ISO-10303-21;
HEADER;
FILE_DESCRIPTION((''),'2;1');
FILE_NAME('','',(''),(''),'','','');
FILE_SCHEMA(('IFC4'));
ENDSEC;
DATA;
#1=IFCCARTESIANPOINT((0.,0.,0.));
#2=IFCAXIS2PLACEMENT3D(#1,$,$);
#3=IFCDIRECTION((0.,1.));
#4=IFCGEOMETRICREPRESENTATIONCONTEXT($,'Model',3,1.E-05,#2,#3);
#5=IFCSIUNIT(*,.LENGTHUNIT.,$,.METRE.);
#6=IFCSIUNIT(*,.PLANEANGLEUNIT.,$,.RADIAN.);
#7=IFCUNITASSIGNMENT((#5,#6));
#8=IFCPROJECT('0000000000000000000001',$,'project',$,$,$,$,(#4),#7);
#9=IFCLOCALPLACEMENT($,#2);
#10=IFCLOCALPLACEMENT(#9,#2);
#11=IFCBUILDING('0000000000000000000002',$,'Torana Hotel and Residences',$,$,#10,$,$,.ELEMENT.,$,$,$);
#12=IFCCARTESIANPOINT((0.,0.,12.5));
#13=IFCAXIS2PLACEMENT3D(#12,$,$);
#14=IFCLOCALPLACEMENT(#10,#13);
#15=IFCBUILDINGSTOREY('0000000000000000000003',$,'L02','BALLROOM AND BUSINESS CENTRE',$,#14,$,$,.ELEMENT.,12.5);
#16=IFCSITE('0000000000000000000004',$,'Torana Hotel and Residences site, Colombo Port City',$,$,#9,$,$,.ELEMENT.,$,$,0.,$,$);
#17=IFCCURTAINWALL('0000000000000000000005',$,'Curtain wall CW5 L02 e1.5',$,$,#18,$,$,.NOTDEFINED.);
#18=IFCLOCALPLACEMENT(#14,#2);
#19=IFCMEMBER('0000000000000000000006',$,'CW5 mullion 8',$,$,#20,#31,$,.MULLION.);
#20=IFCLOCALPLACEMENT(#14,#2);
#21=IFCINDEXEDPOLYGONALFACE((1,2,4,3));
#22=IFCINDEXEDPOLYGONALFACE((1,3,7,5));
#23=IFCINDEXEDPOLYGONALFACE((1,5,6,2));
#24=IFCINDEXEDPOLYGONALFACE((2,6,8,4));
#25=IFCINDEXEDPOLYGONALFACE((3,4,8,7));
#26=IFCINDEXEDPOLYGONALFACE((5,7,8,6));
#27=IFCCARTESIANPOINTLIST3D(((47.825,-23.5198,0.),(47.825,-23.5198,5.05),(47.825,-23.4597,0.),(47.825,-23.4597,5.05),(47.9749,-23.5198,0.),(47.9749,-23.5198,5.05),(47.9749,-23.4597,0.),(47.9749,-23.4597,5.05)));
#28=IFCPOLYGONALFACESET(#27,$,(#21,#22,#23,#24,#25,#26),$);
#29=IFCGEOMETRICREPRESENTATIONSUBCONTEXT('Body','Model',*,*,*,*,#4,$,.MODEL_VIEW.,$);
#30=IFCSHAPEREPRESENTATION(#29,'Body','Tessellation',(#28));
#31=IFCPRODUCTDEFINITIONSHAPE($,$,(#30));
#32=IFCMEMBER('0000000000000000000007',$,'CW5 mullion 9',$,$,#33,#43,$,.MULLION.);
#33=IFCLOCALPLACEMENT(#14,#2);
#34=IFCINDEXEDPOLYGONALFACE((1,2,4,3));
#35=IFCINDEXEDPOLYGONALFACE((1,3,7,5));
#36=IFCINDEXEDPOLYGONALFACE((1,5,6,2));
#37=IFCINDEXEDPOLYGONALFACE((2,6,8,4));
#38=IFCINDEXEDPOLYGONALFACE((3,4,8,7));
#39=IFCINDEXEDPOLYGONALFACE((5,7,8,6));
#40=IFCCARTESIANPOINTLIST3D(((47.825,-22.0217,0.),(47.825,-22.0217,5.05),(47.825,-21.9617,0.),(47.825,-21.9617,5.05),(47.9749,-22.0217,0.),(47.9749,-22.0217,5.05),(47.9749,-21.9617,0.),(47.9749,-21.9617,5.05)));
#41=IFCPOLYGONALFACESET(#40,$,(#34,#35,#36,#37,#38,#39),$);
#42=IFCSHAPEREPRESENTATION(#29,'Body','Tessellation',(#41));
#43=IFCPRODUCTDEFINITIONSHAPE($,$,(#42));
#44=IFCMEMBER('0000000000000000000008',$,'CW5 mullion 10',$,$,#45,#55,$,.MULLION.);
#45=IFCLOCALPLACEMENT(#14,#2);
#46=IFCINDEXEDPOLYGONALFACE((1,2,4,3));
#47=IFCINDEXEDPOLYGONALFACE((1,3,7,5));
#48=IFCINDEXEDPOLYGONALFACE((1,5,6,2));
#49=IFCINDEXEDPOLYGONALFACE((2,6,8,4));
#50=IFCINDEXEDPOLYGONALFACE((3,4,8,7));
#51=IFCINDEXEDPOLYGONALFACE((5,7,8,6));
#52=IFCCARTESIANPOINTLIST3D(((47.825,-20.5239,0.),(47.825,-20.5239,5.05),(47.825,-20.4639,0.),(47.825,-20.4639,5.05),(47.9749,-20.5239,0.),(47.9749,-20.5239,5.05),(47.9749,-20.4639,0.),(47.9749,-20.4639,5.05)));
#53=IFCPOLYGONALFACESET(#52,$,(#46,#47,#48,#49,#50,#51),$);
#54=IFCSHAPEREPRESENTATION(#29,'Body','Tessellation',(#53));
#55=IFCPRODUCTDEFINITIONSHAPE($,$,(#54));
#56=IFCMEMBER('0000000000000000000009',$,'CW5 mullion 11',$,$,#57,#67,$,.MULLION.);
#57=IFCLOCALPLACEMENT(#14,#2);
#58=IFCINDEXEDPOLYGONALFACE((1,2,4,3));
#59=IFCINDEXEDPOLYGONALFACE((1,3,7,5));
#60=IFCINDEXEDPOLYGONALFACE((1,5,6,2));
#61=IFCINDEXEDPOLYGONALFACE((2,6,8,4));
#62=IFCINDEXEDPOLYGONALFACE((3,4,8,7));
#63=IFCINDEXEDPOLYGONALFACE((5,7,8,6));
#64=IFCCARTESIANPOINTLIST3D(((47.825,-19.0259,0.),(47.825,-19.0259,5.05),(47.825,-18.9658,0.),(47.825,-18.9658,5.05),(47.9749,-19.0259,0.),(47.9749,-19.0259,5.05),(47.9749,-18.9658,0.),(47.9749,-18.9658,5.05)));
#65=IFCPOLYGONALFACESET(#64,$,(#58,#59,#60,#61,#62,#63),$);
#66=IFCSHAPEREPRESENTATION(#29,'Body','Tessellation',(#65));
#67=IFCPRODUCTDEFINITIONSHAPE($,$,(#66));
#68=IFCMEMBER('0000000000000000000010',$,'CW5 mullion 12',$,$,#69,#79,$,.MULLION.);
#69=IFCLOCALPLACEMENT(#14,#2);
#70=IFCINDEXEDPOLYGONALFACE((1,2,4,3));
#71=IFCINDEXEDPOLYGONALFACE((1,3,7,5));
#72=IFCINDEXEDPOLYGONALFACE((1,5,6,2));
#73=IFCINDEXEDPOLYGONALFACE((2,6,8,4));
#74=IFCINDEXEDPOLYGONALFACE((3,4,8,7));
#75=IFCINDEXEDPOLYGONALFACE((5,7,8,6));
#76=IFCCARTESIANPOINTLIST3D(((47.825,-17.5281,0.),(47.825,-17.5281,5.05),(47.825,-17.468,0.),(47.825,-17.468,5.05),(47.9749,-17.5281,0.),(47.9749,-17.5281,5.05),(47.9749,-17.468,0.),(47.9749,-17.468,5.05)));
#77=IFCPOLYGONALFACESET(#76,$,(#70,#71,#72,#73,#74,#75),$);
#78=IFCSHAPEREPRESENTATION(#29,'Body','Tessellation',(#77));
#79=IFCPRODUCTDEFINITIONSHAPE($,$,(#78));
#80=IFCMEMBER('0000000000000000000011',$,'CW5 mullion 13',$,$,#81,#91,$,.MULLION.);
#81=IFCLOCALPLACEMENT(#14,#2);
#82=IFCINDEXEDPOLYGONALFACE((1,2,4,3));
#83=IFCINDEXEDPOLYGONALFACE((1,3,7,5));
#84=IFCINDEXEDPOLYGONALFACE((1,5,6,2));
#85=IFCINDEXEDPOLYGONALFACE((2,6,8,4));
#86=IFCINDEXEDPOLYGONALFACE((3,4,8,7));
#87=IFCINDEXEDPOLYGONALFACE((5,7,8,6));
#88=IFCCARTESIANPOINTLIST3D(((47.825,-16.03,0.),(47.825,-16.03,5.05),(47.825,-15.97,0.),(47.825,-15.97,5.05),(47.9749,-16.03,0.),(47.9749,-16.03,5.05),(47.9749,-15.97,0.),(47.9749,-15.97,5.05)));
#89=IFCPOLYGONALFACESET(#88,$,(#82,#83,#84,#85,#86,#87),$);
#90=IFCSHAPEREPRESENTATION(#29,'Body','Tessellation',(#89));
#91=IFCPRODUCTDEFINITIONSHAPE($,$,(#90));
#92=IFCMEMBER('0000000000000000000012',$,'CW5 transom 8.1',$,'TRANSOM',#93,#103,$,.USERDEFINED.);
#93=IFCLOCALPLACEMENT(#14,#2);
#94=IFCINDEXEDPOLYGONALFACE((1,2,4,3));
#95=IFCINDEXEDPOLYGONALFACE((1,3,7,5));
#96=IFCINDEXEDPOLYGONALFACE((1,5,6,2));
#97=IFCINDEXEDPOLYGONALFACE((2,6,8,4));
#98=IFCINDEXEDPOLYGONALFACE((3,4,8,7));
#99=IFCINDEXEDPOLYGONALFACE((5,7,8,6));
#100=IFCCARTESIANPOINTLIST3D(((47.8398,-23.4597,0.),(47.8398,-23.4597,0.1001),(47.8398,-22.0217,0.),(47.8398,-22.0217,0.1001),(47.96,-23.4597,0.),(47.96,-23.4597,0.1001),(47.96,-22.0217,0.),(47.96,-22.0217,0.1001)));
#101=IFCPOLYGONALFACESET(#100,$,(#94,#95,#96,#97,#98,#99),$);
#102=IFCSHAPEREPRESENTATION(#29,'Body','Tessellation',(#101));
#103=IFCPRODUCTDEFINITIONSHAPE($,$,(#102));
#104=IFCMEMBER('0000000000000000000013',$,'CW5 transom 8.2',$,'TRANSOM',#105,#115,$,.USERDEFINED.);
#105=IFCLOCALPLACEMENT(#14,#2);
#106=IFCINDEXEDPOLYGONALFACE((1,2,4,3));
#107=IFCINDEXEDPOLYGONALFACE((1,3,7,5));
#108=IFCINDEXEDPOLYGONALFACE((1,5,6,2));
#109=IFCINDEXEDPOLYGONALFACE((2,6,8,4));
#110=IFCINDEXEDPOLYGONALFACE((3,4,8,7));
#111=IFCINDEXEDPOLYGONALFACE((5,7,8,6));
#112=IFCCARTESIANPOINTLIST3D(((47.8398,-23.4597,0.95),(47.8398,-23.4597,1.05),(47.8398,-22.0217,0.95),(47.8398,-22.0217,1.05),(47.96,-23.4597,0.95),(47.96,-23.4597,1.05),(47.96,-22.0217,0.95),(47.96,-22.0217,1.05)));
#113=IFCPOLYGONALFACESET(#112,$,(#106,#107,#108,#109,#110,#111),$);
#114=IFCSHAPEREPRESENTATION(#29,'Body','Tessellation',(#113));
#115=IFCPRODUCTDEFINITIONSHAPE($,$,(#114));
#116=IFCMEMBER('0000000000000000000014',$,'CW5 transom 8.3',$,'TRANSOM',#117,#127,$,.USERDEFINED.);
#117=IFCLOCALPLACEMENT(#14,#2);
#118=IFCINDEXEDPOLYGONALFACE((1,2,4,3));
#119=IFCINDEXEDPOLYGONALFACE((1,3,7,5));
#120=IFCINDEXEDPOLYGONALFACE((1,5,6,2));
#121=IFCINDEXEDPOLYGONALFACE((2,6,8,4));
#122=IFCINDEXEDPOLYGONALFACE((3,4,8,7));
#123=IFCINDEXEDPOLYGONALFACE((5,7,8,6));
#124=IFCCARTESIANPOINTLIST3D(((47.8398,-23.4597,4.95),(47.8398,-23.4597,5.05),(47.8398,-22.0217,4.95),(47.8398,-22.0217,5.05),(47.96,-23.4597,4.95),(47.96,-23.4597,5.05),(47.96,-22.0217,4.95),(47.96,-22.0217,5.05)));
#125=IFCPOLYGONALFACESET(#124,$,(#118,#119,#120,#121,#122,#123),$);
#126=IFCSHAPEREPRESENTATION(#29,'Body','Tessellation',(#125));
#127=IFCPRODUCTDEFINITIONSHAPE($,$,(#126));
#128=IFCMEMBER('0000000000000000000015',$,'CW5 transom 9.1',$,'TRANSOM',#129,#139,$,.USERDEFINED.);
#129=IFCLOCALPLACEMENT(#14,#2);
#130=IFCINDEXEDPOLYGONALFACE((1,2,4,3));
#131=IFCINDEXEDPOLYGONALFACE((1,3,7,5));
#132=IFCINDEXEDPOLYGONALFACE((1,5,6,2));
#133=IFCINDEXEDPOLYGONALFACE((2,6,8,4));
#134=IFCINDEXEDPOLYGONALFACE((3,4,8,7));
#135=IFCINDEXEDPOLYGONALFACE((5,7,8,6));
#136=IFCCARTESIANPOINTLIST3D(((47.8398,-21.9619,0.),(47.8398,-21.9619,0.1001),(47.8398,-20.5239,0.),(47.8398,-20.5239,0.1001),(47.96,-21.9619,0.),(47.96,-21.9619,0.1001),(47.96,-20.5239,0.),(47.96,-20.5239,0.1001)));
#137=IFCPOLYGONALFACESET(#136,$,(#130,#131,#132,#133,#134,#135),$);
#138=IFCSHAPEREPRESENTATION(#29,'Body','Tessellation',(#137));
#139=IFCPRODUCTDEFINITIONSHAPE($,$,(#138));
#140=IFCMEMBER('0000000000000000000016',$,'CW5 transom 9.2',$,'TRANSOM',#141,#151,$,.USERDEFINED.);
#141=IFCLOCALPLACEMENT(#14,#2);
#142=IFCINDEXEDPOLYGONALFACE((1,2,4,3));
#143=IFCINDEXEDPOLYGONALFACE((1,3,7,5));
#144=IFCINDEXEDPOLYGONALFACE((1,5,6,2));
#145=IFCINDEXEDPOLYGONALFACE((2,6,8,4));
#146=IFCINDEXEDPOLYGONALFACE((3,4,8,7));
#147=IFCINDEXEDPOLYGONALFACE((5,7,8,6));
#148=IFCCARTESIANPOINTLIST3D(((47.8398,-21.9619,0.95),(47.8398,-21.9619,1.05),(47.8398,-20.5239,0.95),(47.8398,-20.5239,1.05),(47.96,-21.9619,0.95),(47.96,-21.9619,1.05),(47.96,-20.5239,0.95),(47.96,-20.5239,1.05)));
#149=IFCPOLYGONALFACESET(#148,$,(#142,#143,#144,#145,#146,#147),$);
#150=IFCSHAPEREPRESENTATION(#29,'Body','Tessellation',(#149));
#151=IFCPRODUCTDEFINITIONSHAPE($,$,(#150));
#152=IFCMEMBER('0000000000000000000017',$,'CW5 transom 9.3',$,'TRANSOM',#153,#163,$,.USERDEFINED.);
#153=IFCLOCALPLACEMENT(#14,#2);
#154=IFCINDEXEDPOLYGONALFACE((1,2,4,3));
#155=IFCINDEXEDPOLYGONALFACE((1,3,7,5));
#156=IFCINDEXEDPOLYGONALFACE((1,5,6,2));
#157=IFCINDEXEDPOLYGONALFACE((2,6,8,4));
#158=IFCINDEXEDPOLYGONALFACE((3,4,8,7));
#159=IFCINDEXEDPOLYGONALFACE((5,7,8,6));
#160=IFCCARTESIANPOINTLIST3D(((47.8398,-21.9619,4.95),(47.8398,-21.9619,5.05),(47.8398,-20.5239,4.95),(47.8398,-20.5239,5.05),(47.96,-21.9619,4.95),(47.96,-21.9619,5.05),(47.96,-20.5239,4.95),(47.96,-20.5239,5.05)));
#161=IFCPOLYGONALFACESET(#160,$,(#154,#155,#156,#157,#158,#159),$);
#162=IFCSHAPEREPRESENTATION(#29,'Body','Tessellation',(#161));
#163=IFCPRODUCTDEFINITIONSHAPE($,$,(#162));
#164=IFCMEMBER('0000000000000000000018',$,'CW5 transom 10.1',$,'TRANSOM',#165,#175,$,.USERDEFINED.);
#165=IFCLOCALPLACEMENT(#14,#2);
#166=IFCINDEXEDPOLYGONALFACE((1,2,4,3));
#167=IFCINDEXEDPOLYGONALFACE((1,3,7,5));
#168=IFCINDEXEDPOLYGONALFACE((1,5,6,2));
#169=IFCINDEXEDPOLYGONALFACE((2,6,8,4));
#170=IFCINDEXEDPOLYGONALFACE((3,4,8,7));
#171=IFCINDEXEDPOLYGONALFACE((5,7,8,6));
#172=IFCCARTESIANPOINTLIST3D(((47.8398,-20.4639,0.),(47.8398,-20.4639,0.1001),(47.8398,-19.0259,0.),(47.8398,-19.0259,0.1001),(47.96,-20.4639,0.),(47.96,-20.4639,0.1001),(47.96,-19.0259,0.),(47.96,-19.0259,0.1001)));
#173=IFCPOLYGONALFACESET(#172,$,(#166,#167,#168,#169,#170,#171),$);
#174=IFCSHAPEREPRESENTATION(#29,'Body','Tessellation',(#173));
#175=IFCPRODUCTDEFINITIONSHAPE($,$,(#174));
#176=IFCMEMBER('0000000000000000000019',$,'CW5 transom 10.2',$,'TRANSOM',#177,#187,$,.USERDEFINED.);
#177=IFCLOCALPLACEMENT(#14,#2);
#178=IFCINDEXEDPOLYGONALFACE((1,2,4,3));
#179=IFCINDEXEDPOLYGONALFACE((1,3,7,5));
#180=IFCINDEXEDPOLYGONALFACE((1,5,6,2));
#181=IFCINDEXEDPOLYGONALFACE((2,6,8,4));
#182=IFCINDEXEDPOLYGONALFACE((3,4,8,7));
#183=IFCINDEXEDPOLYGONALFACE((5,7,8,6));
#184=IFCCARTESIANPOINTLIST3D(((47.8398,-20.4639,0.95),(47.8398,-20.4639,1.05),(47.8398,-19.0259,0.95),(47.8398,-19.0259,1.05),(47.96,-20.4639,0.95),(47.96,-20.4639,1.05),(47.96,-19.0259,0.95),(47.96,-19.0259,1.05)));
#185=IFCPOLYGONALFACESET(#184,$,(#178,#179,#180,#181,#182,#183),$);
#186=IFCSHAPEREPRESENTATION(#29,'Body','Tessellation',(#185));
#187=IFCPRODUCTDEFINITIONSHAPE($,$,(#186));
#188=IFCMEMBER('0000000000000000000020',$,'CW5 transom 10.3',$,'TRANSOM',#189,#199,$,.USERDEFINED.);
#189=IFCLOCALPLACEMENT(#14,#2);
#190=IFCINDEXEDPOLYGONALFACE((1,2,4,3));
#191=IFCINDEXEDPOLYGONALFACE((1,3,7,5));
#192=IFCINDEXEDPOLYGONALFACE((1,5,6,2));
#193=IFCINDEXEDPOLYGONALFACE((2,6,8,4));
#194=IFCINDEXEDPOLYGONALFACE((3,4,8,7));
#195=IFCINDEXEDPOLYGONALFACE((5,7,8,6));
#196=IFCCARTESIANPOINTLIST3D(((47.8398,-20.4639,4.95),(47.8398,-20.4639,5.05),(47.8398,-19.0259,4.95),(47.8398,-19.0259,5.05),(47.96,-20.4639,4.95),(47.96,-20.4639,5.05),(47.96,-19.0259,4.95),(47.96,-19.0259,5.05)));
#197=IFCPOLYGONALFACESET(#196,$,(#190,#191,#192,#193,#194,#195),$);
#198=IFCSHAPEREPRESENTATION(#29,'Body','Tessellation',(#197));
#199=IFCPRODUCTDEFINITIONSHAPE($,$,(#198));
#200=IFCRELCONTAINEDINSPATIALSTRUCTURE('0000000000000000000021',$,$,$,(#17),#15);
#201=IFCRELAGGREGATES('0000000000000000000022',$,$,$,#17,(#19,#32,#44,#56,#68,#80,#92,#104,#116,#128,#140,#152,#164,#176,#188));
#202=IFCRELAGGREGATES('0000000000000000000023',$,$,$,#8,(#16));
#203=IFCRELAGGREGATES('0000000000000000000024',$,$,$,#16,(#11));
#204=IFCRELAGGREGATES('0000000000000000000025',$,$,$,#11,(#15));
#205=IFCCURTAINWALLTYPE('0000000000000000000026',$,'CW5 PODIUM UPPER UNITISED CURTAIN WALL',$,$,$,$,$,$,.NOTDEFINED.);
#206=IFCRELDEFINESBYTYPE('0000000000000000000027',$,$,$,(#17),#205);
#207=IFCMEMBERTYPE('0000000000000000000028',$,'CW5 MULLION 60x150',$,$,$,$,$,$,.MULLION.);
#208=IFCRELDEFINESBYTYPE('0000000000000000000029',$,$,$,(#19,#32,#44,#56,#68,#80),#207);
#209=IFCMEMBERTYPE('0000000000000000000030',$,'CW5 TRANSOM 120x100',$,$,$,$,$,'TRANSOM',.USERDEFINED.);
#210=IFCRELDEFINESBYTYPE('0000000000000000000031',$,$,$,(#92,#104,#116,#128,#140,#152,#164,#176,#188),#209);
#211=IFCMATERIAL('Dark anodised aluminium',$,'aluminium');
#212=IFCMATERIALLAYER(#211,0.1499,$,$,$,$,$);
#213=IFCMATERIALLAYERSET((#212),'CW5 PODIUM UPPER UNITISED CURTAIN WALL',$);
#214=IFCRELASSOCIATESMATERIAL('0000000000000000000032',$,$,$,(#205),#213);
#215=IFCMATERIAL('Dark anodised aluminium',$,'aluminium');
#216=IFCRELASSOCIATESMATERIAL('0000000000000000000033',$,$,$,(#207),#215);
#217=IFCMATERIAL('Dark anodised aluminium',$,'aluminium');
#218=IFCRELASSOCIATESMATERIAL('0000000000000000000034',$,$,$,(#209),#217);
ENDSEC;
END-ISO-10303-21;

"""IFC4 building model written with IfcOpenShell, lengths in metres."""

from ifc_helpers import new_model, si_unit, direction, frame, origin, origin_2d, place, context, subcontext, project, spatial, rectangle, extrude, material, layer, layer_set, material_profile, profile_set, type_object, element, aggregate, save


model = new_model("IFC4")

# Units and contexts
model_context = context("Model", 3, precision=1e-05, world=origin(), true_north=direction((0.0, 1.0)))
body_context = subcontext(model_context, "Body", "Model", "MODEL_VIEW")
ifc_project = project(units=[si_unit("LENGTHUNIT", "METRE"), si_unit("PLANEANGLEUNIT", "RADIAN")], contexts=[model_context])

# Site, building, storey
site_placement = place(None, origin())
site = spatial("IfcSite", under=ifc_project, at=site_placement, Name="Torana Hotel and Residences site, Colombo Port City", CompositionType="ELEMENT", RefElevation=0.0)
building_placement = place(site_placement, origin())
building = spatial("IfcBuilding", under=site, at=building_placement, Name="Torana Hotel and Residences", CompositionType="ELEMENT")
storey_placement = place(building_placement, frame((0.0, 0.0, 12.5)))
storey = spatial("IfcBuildingStorey", under=building, at=storey_placement, Name="L02", Description="BALLROOM AND BUSINESS CENTRE", CompositionType="ELEMENT", Elevation=12.5)

# Curtain wall, members
ifc_material_1 = material(Name="Dark anodised aluminium", Category="aluminium")
ifc_layer_1 = layer(ifc_material_1, 0.1499)
ifc_layer_set_1 = layer_set([ifc_layer_1], Name="CW5 PODIUM UPPER UNITISED CURTAIN WALL")
curtain_wall_type = type_object("IfcCurtainWallType", Name="CW5 PODIUM UPPER UNITISED CURTAIN WALL", PredefinedType="NOTDEFINED", material=ifc_layer_set_1)
curtain_wall_placement = place(storey_placement, origin())
curtain_wall = element("IfcCurtainWall", 1, at=curtain_wall_placement, inside=storey, type_object=curtain_wall_type, Name="Curtain wall CW5 L02 e1.5", PredefinedType="NOTDEFINED")
ifc_material_2 = material(Name="Dark anodised aluminium", Category="aluminium")
ifc_material_profile_1 = material_profile(ifc_material_2, rectangle(XDim=0.1499, YDim=0.0601, at=origin_2d()), Name="CW5 MULLION 60x150")
ifc_profile_set_1 = profile_set([ifc_material_profile_1], Name="Dark anodised aluminium")
member_type_1 = type_object("IfcMemberType", Name="CW5 MULLION 60x150", PredefinedType="MULLION", material=ifc_profile_set_1)
member_1_placement = place(storey_placement, frame((47.8999, -23.4897, 0.0), z_axis=(0.0, 0.0, 1.0), x_axis=(-1.0, 0.0, 0.0)))
member_1 = element("IfcMember", 2, at=member_1_placement, type_object=member_type_1, Name="CW5 mullion 8", PredefinedType="MULLION", context=body_context, shape_type="SweptSolid", body=[
    extrude(rectangle(XDim=0.1499, YDim=0.0601, at=origin_2d()), origin(), (0.0, 0.0, 1.0), 5.05),
])
member_2_placement = place(storey_placement, frame((47.8999, -21.9917, 0.0), z_axis=(0.0, 0.0, 1.0), x_axis=(-1.0, 0.0, 0.0)))
member_2 = element("IfcMember", 3, at=member_2_placement, type_object=member_type_1, Name="CW5 mullion 9", PredefinedType="MULLION", context=body_context, shape_type="SweptSolid", body=[
    extrude(rectangle(XDim=0.1499, YDim=0.0601, at=origin_2d()), origin(), (0.0, 0.0, 1.0), 5.05),
])
member_3_placement = place(storey_placement, frame((47.8999, -20.4939, 0.0), z_axis=(0.0, 0.0, 1.0), x_axis=(-1.0, 0.0, 0.0)))
member_3 = element("IfcMember", 4, at=member_3_placement, type_object=member_type_1, Name="CW5 mullion 10", PredefinedType="MULLION", context=body_context, shape_type="SweptSolid", body=[
    extrude(rectangle(XDim=0.1499, YDim=0.0601, at=origin_2d()), origin(), (0.0, 0.0, 1.0), 5.05),
])
member_4_placement = place(storey_placement, frame((47.8999, -18.9958, 0.0), z_axis=(0.0, 0.0, 1.0), x_axis=(-1.0, 0.0, 0.0)))
member_4 = element("IfcMember", 5, at=member_4_placement, type_object=member_type_1, Name="CW5 mullion 11", PredefinedType="MULLION", context=body_context, shape_type="SweptSolid", body=[
    extrude(rectangle(XDim=0.1499, YDim=0.0601, at=origin_2d()), origin(), (0.0, 0.0, 1.0), 5.05),
])
member_5_placement = place(storey_placement, frame((47.8999, -17.498, 0.0), z_axis=(0.0, 0.0, 1.0), x_axis=(-1.0, 0.0, 0.0)))
member_5 = element("IfcMember", 6, at=member_5_placement, type_object=member_type_1, Name="CW5 mullion 12", PredefinedType="MULLION", context=body_context, shape_type="SweptSolid", body=[
    extrude(rectangle(XDim=0.1499, YDim=0.0601, at=origin_2d()), origin(), (0.0, 0.0, 1.0), 5.05),
])
member_6_placement = place(storey_placement, frame((47.8999, -16.0, 0.0), z_axis=(0.0, 0.0, 1.0), x_axis=(-1.0, 0.0, 0.0)))
member_6 = element("IfcMember", 7, at=member_6_placement, type_object=member_type_1, Name="CW5 mullion 13", PredefinedType="MULLION", context=body_context, shape_type="SweptSolid", body=[
    extrude(rectangle(XDim=0.1499, YDim=0.0601, at=origin_2d()), origin(), (0.0, 0.0, 1.0), 5.05),
])
ifc_material_3 = material(Name="Dark anodised aluminium", Category="aluminium")
ifc_material_profile_2 = material_profile(ifc_material_3, rectangle(XDim=0.1201, YDim=0.1001, at=origin_2d()), Name="CW5 TRANSOM 120x100")
ifc_profile_set_2 = profile_set([ifc_material_profile_2], Name="Dark anodised aluminium")
member_type_2 = type_object("IfcMemberType", Name="CW5 TRANSOM 120x100", ElementType="TRANSOM", PredefinedType="USERDEFINED", material=ifc_profile_set_2)
member_7_placement = place(storey_placement, frame((47.8999, -23.4597, 0.05), z_axis=(0.0, 1.0, 0.0), x_axis=(-1.0, 0.0, 0.0)))
member_7 = element("IfcMember", 8, at=member_7_placement, type_object=member_type_2, Name="CW5 transom 8.1", ObjectType="TRANSOM", PredefinedType="USERDEFINED", context=body_context, shape_type="SweptSolid", body=[
    extrude(rectangle(XDim=0.1201, YDim=0.1001, at=origin_2d()), origin(), (0.0, 0.0, 1.0), 1.438),
])
member_8_placement = place(storey_placement, frame((47.8999, -23.4597, 1.0), z_axis=(0.0, 1.0, 0.0), x_axis=(-1.0, 0.0, 0.0)))
member_8 = element("IfcMember", 9, at=member_8_placement, type_object=member_type_2, Name="CW5 transom 8.2", ObjectType="TRANSOM", PredefinedType="USERDEFINED", context=body_context, shape_type="SweptSolid", body=[
    extrude(rectangle(XDim=0.1201, YDim=0.1001, at=origin_2d()), origin(), (0.0, 0.0, 1.0), 1.438),
])
member_9_placement = place(storey_placement, frame((47.8999, -23.4597, 5.0), z_axis=(0.0, 1.0, 0.0), x_axis=(-1.0, 0.0, 0.0)))
member_9 = element("IfcMember", 10, at=member_9_placement, type_object=member_type_2, Name="CW5 transom 8.3", ObjectType="TRANSOM", PredefinedType="USERDEFINED", context=body_context, shape_type="SweptSolid", body=[
    extrude(rectangle(XDim=0.1201, YDim=0.1001, at=origin_2d()), origin(), (0.0, 0.0, 1.0), 1.438),
])
member_10_placement = place(storey_placement, frame((47.8999, -21.9619, 0.05), z_axis=(0.0, 1.0, 0.0), x_axis=(-1.0, 0.0, 0.0)))
member_10 = element("IfcMember", 11, at=member_10_placement, type_object=member_type_2, Name="CW5 transom 9.1", ObjectType="TRANSOM", PredefinedType="USERDEFINED", context=body_context, shape_type="SweptSolid", body=[
    extrude(rectangle(XDim=0.1201, YDim=0.1001, at=origin_2d()), origin(), (0.0, 0.0, 1.0), 1.438),
])
member_11_placement = place(storey_placement, frame((47.8999, -21.9619, 1.0), z_axis=(0.0, 1.0, 0.0), x_axis=(-1.0, 0.0, 0.0)))
member_11 = element("IfcMember", 12, at=member_11_placement, type_object=member_type_2, Name="CW5 transom 9.2", ObjectType="TRANSOM", PredefinedType="USERDEFINED", context=body_context, shape_type="SweptSolid", body=[
    extrude(rectangle(XDim=0.1201, YDim=0.1001, at=origin_2d()), origin(), (0.0, 0.0, 1.0), 1.438),
])
member_12_placement = place(storey_placement, frame((47.8999, -21.9619, 5.0), z_axis=(0.0, 1.0, 0.0), x_axis=(-1.0, 0.0, 0.0)))
member_12 = element("IfcMember", 13, at=member_12_placement, type_object=member_type_2, Name="CW5 transom 9.3", ObjectType="TRANSOM", PredefinedType="USERDEFINED", context=body_context, shape_type="SweptSolid", body=[
    extrude(rectangle(XDim=0.1201, YDim=0.1001, at=origin_2d()), origin(), (0.0, 0.0, 1.0), 1.438),
])
member_13_placement = place(storey_placement, frame((47.8999, -20.4639, 0.05), z_axis=(0.0, 1.0, 0.0), x_axis=(-1.0, 0.0, 0.0)))
member_13 = element("IfcMember", 14, at=member_13_placement, type_object=member_type_2, Name="CW5 transom 10.1", ObjectType="TRANSOM", PredefinedType="USERDEFINED", context=body_context, shape_type="SweptSolid", body=[
    extrude(rectangle(XDim=0.1201, YDim=0.1001, at=origin_2d()), origin(), (0.0, 0.0, 1.0), 1.438),
])
member_14_placement = place(storey_placement, frame((47.8999, -20.4639, 1.0), z_axis=(0.0, 1.0, 0.0), x_axis=(-1.0, 0.0, 0.0)))
member_14 = element("IfcMember", 15, at=member_14_placement, type_object=member_type_2, Name="CW5 transom 10.2", ObjectType="TRANSOM", PredefinedType="USERDEFINED", context=body_context, shape_type="SweptSolid", body=[
    extrude(rectangle(XDim=0.1201, YDim=0.1001, at=origin_2d()), origin(), (0.0, 0.0, 1.0), 1.438),
])
member_15_placement = place(storey_placement, frame((47.8999, -20.4639, 5.0), z_axis=(0.0, 1.0, 0.0), x_axis=(-1.0, 0.0, 0.0)))
member_15 = element("IfcMember", 16, at=member_15_placement, type_object=member_type_2, Name="CW5 transom 10.3", ObjectType="TRANSOM", PredefinedType="USERDEFINED", context=body_context, shape_type="SweptSolid", body=[
    extrude(rectangle(XDim=0.1201, YDim=0.1001, at=origin_2d()), origin(), (0.0, 0.0, 1.0), 1.438),
])
aggregate(curtain_wall, [member_1, member_2, member_3, member_4, member_5, member_6, member_7, member_8, member_9, member_10, member_11, member_12, member_13, member_14, member_15])

save(model, "model.ifc")
